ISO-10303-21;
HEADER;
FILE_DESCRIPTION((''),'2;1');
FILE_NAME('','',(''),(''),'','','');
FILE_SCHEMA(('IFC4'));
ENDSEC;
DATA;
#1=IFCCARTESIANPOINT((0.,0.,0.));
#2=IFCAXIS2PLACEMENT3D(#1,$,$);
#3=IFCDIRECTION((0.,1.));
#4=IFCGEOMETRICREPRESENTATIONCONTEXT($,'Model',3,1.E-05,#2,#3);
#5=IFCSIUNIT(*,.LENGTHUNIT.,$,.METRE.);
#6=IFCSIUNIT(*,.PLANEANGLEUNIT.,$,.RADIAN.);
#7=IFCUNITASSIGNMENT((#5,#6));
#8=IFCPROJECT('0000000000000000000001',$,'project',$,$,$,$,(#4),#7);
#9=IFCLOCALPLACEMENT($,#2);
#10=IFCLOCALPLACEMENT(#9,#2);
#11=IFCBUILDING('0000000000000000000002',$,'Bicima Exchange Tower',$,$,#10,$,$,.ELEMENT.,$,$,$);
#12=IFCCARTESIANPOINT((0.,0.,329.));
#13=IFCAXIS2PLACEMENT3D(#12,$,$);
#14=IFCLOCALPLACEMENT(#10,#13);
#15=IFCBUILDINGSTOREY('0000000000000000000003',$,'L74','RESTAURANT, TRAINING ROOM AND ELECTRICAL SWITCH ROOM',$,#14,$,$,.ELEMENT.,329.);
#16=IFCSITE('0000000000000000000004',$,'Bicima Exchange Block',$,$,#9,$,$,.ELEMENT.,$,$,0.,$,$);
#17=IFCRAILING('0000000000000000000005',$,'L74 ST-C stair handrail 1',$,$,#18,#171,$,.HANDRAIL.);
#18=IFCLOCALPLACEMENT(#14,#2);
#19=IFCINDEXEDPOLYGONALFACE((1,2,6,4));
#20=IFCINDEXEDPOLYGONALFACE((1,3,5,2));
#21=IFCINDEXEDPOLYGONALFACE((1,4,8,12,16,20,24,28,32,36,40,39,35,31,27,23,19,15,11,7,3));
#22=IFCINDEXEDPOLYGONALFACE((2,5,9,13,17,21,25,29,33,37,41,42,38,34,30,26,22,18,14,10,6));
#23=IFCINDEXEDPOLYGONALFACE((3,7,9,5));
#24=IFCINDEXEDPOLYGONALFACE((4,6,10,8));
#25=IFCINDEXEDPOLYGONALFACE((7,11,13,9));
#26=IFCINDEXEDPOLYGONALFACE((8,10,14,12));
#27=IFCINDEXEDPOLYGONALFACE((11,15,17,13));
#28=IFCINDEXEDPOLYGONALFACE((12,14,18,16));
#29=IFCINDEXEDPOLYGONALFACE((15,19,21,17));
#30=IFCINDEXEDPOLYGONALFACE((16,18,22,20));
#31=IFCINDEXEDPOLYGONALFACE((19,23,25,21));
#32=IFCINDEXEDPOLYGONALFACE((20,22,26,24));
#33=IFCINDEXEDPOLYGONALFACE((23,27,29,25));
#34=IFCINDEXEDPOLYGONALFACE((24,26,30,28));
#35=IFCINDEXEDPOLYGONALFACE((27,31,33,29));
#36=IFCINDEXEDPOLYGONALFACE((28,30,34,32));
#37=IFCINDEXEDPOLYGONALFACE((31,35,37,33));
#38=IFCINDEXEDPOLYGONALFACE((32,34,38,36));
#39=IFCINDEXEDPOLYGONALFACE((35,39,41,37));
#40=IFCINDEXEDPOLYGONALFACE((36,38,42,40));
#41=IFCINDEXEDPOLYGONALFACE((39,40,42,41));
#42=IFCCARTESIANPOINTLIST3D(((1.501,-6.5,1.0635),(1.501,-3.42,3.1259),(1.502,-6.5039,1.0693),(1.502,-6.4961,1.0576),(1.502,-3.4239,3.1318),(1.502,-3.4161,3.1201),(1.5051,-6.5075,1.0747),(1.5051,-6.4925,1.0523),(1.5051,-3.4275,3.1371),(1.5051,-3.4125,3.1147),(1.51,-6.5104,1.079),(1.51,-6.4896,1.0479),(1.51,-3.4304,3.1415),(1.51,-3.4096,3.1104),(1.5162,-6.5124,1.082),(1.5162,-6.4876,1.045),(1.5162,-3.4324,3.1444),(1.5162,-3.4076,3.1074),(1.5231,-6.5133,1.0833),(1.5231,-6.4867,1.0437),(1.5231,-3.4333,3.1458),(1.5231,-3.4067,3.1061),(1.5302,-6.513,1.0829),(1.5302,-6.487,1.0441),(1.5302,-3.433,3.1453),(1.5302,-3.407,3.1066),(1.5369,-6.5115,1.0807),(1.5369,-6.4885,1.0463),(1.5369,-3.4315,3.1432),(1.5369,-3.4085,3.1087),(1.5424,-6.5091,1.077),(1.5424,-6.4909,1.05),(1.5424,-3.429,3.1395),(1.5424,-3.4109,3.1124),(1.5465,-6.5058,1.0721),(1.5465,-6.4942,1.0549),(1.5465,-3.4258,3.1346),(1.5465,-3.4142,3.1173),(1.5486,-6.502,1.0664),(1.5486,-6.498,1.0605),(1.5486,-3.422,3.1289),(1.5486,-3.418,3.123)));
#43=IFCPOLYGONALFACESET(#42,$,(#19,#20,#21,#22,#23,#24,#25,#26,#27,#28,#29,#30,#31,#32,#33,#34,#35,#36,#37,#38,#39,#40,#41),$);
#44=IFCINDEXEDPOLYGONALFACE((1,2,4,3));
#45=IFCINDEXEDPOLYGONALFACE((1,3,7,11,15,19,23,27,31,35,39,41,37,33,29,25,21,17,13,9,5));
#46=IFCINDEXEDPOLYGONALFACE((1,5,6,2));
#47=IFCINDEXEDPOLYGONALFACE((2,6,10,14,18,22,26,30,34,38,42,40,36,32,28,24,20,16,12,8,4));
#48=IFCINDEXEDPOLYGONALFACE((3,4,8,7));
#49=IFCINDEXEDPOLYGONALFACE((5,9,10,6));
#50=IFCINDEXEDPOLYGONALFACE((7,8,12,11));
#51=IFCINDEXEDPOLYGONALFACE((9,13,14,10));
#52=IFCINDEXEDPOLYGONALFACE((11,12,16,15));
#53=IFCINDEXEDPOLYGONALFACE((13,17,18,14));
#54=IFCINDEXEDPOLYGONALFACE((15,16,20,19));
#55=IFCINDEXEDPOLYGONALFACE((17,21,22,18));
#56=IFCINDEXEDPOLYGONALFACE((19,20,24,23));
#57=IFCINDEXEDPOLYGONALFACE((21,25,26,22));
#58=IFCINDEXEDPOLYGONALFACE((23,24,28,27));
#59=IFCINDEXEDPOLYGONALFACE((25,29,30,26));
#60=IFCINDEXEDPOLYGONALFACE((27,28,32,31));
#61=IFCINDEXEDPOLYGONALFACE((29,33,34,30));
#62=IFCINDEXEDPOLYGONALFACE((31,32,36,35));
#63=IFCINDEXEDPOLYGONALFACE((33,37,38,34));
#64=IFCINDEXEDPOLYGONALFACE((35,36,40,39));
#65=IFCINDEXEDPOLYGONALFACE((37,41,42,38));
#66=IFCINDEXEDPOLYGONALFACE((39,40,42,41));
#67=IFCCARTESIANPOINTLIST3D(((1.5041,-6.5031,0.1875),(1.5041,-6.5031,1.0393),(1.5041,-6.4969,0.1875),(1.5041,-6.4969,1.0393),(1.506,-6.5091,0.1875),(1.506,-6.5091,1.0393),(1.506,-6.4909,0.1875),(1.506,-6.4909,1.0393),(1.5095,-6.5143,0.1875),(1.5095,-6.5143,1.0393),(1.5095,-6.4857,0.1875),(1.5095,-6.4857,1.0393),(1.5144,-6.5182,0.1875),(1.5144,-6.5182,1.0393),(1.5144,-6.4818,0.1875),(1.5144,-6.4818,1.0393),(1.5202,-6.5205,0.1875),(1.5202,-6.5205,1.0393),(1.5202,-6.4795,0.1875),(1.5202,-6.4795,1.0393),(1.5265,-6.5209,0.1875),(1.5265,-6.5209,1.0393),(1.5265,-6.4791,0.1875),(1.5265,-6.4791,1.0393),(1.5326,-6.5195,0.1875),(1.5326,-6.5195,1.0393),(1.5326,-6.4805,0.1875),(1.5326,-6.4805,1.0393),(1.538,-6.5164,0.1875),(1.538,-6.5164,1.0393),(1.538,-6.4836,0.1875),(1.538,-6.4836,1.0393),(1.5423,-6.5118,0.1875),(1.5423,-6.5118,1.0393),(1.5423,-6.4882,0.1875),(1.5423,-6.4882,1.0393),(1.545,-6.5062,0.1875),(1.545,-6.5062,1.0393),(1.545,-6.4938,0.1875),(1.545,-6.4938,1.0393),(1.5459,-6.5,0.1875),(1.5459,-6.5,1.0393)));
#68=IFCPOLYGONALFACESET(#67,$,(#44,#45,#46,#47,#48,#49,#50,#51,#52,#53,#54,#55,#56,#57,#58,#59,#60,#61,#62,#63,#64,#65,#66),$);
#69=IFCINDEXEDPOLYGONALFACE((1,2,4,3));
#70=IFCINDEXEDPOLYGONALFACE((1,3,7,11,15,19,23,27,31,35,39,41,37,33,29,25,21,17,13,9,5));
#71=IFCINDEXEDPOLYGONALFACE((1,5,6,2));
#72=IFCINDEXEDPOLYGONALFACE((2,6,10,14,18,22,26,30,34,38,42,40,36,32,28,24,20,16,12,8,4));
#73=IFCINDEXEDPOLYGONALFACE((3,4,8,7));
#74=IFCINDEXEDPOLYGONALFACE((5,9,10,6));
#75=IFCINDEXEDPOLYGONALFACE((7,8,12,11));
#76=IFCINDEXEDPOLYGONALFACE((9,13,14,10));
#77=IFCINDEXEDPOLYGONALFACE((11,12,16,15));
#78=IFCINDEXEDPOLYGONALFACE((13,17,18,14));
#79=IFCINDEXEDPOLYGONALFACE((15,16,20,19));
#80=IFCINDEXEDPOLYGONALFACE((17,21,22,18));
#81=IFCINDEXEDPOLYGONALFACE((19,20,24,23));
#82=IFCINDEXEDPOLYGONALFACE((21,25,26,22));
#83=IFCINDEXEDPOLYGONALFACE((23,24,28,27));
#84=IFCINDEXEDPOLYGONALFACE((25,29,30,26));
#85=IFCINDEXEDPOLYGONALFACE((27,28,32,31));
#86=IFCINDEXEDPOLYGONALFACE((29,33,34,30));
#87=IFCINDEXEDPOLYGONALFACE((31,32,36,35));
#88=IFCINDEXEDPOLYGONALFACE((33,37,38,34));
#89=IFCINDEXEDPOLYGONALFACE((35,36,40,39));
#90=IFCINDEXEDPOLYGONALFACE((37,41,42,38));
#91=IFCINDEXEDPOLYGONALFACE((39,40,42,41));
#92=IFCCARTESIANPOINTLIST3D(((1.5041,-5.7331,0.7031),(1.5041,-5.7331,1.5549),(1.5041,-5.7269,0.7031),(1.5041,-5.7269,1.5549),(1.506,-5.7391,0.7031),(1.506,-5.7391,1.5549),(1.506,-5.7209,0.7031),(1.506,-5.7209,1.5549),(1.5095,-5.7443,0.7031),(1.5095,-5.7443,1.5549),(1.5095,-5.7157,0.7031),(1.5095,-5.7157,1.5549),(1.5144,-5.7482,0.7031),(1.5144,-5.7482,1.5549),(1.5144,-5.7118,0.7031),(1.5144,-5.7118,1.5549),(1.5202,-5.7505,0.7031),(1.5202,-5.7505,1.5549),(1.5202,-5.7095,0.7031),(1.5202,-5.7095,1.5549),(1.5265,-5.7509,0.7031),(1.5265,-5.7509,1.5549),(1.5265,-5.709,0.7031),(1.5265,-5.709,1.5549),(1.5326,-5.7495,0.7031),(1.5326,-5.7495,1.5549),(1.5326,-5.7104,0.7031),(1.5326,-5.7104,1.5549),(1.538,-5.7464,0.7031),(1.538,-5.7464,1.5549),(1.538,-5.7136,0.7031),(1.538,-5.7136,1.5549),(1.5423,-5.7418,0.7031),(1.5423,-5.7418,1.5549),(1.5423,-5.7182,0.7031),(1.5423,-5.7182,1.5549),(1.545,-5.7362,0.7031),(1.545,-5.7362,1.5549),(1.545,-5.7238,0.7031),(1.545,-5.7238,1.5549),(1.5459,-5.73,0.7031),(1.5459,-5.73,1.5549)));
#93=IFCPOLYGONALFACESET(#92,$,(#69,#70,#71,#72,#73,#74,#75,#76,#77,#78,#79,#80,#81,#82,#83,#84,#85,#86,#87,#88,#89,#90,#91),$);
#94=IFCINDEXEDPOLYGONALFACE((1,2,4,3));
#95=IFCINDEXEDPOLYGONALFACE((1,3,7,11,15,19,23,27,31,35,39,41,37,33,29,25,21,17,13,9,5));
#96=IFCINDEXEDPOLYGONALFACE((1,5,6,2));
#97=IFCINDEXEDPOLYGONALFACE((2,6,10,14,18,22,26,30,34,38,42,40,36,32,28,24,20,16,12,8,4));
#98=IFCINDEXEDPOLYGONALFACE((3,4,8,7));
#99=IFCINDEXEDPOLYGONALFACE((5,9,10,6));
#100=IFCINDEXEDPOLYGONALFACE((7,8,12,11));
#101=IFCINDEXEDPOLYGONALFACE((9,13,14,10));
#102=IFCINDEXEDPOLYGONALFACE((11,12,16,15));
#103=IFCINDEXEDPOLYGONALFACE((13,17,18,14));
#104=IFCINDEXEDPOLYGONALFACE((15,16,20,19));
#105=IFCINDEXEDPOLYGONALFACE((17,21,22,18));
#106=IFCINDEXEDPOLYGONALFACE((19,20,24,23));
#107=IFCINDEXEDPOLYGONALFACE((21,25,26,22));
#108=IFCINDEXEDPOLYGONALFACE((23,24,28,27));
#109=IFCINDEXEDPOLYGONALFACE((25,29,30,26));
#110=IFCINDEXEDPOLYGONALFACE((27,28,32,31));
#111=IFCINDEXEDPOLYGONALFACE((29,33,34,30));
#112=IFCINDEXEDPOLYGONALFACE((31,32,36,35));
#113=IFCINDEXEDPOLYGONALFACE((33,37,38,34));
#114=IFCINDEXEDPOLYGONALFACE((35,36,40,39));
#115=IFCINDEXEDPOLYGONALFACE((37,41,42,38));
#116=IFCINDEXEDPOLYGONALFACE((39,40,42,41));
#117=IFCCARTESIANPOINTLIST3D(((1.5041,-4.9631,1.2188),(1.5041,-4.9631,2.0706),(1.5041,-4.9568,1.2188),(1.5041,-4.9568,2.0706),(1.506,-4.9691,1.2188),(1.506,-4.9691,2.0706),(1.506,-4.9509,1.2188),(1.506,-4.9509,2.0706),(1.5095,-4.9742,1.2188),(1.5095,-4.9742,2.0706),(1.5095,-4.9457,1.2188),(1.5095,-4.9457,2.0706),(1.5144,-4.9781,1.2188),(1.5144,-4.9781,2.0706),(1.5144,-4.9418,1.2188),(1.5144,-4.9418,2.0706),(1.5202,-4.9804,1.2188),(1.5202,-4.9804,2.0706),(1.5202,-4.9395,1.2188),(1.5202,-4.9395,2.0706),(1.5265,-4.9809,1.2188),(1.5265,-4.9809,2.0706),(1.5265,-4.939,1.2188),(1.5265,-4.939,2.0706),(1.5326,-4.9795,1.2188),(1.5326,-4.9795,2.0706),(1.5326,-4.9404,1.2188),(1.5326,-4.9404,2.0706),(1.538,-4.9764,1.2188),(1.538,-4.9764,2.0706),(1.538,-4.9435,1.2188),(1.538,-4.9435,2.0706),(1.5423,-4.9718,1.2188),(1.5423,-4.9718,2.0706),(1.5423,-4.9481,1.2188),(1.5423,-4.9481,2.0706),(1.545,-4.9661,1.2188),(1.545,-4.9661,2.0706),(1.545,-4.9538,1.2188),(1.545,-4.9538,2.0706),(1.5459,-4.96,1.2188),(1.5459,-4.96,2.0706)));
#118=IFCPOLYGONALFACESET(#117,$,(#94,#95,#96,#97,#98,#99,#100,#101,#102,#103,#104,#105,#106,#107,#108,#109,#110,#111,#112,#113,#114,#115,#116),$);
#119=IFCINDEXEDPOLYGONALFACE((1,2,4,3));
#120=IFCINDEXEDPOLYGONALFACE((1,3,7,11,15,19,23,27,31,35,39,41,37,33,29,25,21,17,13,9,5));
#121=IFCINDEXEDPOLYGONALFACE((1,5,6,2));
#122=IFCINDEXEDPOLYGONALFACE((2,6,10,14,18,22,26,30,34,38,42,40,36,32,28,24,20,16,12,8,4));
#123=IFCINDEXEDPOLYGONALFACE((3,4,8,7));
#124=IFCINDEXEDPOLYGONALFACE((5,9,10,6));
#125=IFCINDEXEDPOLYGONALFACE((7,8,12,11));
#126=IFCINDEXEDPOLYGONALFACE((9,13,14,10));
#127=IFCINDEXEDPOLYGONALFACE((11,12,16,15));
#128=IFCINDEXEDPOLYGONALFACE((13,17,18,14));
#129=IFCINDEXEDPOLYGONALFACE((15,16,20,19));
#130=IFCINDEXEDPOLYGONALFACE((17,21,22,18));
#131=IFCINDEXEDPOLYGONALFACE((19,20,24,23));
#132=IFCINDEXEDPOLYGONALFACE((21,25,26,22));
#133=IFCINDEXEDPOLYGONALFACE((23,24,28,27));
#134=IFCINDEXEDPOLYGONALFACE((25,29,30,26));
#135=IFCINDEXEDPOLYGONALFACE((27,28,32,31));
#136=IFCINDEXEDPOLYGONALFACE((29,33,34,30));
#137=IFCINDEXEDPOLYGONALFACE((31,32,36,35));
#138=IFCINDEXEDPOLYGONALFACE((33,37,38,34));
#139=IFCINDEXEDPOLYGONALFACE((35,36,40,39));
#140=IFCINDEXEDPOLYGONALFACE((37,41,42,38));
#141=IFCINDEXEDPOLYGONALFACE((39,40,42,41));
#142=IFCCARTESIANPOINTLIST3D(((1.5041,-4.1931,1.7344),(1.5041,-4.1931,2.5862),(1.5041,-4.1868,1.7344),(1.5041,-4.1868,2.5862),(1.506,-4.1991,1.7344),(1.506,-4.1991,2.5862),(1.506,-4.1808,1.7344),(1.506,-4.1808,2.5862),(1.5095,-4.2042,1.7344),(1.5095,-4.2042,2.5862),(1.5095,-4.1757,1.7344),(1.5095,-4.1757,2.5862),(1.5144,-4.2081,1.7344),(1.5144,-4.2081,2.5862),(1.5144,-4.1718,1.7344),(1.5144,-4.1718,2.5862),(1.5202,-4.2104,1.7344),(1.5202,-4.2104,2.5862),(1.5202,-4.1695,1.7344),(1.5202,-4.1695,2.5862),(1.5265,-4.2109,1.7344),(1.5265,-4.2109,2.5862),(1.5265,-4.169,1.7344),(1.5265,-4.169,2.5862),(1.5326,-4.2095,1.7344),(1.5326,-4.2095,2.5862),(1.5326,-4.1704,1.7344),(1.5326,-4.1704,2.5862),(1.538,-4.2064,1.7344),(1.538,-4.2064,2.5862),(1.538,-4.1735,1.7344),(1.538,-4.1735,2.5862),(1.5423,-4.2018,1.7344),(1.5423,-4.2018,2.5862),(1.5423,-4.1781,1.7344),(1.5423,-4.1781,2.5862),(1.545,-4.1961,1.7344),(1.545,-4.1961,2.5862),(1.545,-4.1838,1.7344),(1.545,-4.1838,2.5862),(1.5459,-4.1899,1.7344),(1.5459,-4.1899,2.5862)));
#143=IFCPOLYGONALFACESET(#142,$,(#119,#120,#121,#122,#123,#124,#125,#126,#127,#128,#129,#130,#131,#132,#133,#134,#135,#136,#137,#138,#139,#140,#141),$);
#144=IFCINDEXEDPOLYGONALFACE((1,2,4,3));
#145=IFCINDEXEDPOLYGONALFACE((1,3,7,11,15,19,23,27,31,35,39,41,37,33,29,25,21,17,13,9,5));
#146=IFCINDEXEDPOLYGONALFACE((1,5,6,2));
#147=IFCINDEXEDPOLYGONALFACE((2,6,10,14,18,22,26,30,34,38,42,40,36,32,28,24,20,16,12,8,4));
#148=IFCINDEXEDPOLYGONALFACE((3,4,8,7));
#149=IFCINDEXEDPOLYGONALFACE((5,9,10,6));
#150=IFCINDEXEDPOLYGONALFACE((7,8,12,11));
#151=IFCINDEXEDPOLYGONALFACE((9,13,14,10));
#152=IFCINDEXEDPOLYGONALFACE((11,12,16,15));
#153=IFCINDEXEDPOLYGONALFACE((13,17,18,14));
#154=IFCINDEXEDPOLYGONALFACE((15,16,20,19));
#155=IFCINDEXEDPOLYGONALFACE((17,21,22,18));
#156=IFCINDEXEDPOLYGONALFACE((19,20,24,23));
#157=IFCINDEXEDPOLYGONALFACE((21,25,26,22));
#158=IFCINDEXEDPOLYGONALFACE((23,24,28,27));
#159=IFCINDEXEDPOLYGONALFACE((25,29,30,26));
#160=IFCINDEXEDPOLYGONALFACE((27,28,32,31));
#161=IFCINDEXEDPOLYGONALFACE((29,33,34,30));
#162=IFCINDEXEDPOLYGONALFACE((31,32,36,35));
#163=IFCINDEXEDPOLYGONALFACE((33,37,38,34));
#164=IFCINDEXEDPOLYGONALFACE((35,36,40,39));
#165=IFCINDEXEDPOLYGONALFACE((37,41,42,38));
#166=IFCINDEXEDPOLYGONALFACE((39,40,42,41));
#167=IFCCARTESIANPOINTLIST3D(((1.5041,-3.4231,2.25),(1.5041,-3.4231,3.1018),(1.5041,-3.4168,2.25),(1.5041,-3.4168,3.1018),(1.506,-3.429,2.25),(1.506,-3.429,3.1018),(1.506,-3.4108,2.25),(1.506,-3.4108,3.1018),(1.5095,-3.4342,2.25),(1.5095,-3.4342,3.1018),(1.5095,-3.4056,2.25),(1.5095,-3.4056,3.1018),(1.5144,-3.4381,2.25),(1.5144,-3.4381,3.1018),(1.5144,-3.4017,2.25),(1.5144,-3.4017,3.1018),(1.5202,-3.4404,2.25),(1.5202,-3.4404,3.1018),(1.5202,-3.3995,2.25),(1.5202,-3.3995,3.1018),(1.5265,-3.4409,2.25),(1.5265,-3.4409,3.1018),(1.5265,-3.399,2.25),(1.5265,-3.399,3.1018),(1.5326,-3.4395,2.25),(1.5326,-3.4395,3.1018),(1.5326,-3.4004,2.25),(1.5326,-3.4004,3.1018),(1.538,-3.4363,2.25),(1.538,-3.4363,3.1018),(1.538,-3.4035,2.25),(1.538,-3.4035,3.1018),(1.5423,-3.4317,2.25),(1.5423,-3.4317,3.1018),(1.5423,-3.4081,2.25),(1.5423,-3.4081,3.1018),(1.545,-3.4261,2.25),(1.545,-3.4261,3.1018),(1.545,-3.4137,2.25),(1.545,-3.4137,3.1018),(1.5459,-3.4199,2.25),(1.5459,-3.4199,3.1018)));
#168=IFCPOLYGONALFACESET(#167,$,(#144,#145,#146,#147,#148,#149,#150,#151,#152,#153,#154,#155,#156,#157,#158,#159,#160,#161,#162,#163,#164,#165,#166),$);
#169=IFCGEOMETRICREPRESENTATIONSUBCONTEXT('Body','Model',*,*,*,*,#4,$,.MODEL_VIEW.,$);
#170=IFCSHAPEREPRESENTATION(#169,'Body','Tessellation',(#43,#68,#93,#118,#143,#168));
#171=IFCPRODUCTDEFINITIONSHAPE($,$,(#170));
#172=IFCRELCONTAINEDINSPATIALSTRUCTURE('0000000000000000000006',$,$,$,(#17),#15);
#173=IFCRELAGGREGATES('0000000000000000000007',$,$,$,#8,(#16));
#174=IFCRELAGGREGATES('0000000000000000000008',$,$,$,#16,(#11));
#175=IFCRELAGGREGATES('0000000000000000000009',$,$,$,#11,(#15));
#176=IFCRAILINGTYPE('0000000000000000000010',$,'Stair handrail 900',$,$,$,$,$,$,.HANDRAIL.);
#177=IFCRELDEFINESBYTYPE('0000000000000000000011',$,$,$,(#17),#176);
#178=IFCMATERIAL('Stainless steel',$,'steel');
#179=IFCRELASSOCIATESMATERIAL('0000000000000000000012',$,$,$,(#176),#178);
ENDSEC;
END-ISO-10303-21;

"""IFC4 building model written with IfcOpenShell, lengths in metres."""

from ifc_helpers import new_model, si_unit, direction, frame, origin, origin_2d, place, context, subcontext, project, spatial, circle, extrude, material, type_object, element, save


model = new_model("IFC4")

# Units and contexts
model_context = context("Model", 3, precision=1e-05, world=origin(), true_north=direction((0.0, 1.0)))
body_context = subcontext(model_context, "Body", "Model", "MODEL_VIEW")
ifc_project = project(units=[si_unit("LENGTHUNIT", "METRE"), si_unit("PLANEANGLEUNIT", "RADIAN")], contexts=[model_context])

# Site, building, storey
site_placement = place(None, origin())
site = spatial("IfcSite", under=ifc_project, at=site_placement, Name="Bicima Exchange Block", CompositionType="ELEMENT", RefElevation=0.0)
building_placement = place(site_placement, origin())
building = spatial("IfcBuilding", under=site, at=building_placement, Name="Bicima Exchange Tower", CompositionType="ELEMENT")
storey_placement = place(building_placement, frame((0.0, 0.0, 329.0)))
storey = spatial("IfcBuildingStorey", under=building, at=storey_placement, Name="L74", Description="RESTAURANT, TRAINING ROOM AND ELECTRICAL SWITCH ROOM", CompositionType="ELEMENT", Elevation=329.0)

# Shared definitions
ifc_material_1 = material(Name="Stainless steel", Category="steel")

# Railing
railing_type_1 = type_object("IfcRailingType", Name="Stair handrail 900", PredefinedType="HANDRAIL", material=ifc_material_1)
railing_1_placement = place(storey_placement, frame((1.5249, -6.5, 0.1875)))
element("IfcRailing", 1, at=railing_1_placement, inside=storey, type_object=railing_type_1, Name="L74 ST-C stair handrail 1", PredefinedType="HANDRAIL", context=body_context, shape_type="SweptSolid", body=[
    extrude(circle(Radius=0.0239, at=origin_2d()), frame((0.0, 0.0, 0.876), z_axis=(0.0, 0.830914, 0.556401), x_axis=(-1.0, 0.0, 0.0)), (0.0, 0.0, 1.0), 3.7068),
    extrude(circle(Radius=0.021, at=origin_2d()), origin(), (0.0, 0.0, 1.0), 0.8518),
    extrude(circle(Radius=0.021, at=origin_2d()), frame((0.0, 0.77, 0.5156)), (0.0, 0.0, 1.0), 0.8518),
    extrude(circle(Radius=0.021, at=origin_2d()), frame((0.0, 1.54, 1.0312)), (0.0, 0.0, 1.0), 0.8518),
    extrude(circle(Radius=0.021, at=origin_2d()), frame((0.0, 2.3101, 1.5469)), (0.0, 0.0, 1.0), 0.8518),
    extrude(circle(Radius=0.021, at=origin_2d()), frame((0.0, 3.0801, 2.0625)), (0.0, 0.0, 1.0), 0.8518),
])

save(model, "model.ifc")
